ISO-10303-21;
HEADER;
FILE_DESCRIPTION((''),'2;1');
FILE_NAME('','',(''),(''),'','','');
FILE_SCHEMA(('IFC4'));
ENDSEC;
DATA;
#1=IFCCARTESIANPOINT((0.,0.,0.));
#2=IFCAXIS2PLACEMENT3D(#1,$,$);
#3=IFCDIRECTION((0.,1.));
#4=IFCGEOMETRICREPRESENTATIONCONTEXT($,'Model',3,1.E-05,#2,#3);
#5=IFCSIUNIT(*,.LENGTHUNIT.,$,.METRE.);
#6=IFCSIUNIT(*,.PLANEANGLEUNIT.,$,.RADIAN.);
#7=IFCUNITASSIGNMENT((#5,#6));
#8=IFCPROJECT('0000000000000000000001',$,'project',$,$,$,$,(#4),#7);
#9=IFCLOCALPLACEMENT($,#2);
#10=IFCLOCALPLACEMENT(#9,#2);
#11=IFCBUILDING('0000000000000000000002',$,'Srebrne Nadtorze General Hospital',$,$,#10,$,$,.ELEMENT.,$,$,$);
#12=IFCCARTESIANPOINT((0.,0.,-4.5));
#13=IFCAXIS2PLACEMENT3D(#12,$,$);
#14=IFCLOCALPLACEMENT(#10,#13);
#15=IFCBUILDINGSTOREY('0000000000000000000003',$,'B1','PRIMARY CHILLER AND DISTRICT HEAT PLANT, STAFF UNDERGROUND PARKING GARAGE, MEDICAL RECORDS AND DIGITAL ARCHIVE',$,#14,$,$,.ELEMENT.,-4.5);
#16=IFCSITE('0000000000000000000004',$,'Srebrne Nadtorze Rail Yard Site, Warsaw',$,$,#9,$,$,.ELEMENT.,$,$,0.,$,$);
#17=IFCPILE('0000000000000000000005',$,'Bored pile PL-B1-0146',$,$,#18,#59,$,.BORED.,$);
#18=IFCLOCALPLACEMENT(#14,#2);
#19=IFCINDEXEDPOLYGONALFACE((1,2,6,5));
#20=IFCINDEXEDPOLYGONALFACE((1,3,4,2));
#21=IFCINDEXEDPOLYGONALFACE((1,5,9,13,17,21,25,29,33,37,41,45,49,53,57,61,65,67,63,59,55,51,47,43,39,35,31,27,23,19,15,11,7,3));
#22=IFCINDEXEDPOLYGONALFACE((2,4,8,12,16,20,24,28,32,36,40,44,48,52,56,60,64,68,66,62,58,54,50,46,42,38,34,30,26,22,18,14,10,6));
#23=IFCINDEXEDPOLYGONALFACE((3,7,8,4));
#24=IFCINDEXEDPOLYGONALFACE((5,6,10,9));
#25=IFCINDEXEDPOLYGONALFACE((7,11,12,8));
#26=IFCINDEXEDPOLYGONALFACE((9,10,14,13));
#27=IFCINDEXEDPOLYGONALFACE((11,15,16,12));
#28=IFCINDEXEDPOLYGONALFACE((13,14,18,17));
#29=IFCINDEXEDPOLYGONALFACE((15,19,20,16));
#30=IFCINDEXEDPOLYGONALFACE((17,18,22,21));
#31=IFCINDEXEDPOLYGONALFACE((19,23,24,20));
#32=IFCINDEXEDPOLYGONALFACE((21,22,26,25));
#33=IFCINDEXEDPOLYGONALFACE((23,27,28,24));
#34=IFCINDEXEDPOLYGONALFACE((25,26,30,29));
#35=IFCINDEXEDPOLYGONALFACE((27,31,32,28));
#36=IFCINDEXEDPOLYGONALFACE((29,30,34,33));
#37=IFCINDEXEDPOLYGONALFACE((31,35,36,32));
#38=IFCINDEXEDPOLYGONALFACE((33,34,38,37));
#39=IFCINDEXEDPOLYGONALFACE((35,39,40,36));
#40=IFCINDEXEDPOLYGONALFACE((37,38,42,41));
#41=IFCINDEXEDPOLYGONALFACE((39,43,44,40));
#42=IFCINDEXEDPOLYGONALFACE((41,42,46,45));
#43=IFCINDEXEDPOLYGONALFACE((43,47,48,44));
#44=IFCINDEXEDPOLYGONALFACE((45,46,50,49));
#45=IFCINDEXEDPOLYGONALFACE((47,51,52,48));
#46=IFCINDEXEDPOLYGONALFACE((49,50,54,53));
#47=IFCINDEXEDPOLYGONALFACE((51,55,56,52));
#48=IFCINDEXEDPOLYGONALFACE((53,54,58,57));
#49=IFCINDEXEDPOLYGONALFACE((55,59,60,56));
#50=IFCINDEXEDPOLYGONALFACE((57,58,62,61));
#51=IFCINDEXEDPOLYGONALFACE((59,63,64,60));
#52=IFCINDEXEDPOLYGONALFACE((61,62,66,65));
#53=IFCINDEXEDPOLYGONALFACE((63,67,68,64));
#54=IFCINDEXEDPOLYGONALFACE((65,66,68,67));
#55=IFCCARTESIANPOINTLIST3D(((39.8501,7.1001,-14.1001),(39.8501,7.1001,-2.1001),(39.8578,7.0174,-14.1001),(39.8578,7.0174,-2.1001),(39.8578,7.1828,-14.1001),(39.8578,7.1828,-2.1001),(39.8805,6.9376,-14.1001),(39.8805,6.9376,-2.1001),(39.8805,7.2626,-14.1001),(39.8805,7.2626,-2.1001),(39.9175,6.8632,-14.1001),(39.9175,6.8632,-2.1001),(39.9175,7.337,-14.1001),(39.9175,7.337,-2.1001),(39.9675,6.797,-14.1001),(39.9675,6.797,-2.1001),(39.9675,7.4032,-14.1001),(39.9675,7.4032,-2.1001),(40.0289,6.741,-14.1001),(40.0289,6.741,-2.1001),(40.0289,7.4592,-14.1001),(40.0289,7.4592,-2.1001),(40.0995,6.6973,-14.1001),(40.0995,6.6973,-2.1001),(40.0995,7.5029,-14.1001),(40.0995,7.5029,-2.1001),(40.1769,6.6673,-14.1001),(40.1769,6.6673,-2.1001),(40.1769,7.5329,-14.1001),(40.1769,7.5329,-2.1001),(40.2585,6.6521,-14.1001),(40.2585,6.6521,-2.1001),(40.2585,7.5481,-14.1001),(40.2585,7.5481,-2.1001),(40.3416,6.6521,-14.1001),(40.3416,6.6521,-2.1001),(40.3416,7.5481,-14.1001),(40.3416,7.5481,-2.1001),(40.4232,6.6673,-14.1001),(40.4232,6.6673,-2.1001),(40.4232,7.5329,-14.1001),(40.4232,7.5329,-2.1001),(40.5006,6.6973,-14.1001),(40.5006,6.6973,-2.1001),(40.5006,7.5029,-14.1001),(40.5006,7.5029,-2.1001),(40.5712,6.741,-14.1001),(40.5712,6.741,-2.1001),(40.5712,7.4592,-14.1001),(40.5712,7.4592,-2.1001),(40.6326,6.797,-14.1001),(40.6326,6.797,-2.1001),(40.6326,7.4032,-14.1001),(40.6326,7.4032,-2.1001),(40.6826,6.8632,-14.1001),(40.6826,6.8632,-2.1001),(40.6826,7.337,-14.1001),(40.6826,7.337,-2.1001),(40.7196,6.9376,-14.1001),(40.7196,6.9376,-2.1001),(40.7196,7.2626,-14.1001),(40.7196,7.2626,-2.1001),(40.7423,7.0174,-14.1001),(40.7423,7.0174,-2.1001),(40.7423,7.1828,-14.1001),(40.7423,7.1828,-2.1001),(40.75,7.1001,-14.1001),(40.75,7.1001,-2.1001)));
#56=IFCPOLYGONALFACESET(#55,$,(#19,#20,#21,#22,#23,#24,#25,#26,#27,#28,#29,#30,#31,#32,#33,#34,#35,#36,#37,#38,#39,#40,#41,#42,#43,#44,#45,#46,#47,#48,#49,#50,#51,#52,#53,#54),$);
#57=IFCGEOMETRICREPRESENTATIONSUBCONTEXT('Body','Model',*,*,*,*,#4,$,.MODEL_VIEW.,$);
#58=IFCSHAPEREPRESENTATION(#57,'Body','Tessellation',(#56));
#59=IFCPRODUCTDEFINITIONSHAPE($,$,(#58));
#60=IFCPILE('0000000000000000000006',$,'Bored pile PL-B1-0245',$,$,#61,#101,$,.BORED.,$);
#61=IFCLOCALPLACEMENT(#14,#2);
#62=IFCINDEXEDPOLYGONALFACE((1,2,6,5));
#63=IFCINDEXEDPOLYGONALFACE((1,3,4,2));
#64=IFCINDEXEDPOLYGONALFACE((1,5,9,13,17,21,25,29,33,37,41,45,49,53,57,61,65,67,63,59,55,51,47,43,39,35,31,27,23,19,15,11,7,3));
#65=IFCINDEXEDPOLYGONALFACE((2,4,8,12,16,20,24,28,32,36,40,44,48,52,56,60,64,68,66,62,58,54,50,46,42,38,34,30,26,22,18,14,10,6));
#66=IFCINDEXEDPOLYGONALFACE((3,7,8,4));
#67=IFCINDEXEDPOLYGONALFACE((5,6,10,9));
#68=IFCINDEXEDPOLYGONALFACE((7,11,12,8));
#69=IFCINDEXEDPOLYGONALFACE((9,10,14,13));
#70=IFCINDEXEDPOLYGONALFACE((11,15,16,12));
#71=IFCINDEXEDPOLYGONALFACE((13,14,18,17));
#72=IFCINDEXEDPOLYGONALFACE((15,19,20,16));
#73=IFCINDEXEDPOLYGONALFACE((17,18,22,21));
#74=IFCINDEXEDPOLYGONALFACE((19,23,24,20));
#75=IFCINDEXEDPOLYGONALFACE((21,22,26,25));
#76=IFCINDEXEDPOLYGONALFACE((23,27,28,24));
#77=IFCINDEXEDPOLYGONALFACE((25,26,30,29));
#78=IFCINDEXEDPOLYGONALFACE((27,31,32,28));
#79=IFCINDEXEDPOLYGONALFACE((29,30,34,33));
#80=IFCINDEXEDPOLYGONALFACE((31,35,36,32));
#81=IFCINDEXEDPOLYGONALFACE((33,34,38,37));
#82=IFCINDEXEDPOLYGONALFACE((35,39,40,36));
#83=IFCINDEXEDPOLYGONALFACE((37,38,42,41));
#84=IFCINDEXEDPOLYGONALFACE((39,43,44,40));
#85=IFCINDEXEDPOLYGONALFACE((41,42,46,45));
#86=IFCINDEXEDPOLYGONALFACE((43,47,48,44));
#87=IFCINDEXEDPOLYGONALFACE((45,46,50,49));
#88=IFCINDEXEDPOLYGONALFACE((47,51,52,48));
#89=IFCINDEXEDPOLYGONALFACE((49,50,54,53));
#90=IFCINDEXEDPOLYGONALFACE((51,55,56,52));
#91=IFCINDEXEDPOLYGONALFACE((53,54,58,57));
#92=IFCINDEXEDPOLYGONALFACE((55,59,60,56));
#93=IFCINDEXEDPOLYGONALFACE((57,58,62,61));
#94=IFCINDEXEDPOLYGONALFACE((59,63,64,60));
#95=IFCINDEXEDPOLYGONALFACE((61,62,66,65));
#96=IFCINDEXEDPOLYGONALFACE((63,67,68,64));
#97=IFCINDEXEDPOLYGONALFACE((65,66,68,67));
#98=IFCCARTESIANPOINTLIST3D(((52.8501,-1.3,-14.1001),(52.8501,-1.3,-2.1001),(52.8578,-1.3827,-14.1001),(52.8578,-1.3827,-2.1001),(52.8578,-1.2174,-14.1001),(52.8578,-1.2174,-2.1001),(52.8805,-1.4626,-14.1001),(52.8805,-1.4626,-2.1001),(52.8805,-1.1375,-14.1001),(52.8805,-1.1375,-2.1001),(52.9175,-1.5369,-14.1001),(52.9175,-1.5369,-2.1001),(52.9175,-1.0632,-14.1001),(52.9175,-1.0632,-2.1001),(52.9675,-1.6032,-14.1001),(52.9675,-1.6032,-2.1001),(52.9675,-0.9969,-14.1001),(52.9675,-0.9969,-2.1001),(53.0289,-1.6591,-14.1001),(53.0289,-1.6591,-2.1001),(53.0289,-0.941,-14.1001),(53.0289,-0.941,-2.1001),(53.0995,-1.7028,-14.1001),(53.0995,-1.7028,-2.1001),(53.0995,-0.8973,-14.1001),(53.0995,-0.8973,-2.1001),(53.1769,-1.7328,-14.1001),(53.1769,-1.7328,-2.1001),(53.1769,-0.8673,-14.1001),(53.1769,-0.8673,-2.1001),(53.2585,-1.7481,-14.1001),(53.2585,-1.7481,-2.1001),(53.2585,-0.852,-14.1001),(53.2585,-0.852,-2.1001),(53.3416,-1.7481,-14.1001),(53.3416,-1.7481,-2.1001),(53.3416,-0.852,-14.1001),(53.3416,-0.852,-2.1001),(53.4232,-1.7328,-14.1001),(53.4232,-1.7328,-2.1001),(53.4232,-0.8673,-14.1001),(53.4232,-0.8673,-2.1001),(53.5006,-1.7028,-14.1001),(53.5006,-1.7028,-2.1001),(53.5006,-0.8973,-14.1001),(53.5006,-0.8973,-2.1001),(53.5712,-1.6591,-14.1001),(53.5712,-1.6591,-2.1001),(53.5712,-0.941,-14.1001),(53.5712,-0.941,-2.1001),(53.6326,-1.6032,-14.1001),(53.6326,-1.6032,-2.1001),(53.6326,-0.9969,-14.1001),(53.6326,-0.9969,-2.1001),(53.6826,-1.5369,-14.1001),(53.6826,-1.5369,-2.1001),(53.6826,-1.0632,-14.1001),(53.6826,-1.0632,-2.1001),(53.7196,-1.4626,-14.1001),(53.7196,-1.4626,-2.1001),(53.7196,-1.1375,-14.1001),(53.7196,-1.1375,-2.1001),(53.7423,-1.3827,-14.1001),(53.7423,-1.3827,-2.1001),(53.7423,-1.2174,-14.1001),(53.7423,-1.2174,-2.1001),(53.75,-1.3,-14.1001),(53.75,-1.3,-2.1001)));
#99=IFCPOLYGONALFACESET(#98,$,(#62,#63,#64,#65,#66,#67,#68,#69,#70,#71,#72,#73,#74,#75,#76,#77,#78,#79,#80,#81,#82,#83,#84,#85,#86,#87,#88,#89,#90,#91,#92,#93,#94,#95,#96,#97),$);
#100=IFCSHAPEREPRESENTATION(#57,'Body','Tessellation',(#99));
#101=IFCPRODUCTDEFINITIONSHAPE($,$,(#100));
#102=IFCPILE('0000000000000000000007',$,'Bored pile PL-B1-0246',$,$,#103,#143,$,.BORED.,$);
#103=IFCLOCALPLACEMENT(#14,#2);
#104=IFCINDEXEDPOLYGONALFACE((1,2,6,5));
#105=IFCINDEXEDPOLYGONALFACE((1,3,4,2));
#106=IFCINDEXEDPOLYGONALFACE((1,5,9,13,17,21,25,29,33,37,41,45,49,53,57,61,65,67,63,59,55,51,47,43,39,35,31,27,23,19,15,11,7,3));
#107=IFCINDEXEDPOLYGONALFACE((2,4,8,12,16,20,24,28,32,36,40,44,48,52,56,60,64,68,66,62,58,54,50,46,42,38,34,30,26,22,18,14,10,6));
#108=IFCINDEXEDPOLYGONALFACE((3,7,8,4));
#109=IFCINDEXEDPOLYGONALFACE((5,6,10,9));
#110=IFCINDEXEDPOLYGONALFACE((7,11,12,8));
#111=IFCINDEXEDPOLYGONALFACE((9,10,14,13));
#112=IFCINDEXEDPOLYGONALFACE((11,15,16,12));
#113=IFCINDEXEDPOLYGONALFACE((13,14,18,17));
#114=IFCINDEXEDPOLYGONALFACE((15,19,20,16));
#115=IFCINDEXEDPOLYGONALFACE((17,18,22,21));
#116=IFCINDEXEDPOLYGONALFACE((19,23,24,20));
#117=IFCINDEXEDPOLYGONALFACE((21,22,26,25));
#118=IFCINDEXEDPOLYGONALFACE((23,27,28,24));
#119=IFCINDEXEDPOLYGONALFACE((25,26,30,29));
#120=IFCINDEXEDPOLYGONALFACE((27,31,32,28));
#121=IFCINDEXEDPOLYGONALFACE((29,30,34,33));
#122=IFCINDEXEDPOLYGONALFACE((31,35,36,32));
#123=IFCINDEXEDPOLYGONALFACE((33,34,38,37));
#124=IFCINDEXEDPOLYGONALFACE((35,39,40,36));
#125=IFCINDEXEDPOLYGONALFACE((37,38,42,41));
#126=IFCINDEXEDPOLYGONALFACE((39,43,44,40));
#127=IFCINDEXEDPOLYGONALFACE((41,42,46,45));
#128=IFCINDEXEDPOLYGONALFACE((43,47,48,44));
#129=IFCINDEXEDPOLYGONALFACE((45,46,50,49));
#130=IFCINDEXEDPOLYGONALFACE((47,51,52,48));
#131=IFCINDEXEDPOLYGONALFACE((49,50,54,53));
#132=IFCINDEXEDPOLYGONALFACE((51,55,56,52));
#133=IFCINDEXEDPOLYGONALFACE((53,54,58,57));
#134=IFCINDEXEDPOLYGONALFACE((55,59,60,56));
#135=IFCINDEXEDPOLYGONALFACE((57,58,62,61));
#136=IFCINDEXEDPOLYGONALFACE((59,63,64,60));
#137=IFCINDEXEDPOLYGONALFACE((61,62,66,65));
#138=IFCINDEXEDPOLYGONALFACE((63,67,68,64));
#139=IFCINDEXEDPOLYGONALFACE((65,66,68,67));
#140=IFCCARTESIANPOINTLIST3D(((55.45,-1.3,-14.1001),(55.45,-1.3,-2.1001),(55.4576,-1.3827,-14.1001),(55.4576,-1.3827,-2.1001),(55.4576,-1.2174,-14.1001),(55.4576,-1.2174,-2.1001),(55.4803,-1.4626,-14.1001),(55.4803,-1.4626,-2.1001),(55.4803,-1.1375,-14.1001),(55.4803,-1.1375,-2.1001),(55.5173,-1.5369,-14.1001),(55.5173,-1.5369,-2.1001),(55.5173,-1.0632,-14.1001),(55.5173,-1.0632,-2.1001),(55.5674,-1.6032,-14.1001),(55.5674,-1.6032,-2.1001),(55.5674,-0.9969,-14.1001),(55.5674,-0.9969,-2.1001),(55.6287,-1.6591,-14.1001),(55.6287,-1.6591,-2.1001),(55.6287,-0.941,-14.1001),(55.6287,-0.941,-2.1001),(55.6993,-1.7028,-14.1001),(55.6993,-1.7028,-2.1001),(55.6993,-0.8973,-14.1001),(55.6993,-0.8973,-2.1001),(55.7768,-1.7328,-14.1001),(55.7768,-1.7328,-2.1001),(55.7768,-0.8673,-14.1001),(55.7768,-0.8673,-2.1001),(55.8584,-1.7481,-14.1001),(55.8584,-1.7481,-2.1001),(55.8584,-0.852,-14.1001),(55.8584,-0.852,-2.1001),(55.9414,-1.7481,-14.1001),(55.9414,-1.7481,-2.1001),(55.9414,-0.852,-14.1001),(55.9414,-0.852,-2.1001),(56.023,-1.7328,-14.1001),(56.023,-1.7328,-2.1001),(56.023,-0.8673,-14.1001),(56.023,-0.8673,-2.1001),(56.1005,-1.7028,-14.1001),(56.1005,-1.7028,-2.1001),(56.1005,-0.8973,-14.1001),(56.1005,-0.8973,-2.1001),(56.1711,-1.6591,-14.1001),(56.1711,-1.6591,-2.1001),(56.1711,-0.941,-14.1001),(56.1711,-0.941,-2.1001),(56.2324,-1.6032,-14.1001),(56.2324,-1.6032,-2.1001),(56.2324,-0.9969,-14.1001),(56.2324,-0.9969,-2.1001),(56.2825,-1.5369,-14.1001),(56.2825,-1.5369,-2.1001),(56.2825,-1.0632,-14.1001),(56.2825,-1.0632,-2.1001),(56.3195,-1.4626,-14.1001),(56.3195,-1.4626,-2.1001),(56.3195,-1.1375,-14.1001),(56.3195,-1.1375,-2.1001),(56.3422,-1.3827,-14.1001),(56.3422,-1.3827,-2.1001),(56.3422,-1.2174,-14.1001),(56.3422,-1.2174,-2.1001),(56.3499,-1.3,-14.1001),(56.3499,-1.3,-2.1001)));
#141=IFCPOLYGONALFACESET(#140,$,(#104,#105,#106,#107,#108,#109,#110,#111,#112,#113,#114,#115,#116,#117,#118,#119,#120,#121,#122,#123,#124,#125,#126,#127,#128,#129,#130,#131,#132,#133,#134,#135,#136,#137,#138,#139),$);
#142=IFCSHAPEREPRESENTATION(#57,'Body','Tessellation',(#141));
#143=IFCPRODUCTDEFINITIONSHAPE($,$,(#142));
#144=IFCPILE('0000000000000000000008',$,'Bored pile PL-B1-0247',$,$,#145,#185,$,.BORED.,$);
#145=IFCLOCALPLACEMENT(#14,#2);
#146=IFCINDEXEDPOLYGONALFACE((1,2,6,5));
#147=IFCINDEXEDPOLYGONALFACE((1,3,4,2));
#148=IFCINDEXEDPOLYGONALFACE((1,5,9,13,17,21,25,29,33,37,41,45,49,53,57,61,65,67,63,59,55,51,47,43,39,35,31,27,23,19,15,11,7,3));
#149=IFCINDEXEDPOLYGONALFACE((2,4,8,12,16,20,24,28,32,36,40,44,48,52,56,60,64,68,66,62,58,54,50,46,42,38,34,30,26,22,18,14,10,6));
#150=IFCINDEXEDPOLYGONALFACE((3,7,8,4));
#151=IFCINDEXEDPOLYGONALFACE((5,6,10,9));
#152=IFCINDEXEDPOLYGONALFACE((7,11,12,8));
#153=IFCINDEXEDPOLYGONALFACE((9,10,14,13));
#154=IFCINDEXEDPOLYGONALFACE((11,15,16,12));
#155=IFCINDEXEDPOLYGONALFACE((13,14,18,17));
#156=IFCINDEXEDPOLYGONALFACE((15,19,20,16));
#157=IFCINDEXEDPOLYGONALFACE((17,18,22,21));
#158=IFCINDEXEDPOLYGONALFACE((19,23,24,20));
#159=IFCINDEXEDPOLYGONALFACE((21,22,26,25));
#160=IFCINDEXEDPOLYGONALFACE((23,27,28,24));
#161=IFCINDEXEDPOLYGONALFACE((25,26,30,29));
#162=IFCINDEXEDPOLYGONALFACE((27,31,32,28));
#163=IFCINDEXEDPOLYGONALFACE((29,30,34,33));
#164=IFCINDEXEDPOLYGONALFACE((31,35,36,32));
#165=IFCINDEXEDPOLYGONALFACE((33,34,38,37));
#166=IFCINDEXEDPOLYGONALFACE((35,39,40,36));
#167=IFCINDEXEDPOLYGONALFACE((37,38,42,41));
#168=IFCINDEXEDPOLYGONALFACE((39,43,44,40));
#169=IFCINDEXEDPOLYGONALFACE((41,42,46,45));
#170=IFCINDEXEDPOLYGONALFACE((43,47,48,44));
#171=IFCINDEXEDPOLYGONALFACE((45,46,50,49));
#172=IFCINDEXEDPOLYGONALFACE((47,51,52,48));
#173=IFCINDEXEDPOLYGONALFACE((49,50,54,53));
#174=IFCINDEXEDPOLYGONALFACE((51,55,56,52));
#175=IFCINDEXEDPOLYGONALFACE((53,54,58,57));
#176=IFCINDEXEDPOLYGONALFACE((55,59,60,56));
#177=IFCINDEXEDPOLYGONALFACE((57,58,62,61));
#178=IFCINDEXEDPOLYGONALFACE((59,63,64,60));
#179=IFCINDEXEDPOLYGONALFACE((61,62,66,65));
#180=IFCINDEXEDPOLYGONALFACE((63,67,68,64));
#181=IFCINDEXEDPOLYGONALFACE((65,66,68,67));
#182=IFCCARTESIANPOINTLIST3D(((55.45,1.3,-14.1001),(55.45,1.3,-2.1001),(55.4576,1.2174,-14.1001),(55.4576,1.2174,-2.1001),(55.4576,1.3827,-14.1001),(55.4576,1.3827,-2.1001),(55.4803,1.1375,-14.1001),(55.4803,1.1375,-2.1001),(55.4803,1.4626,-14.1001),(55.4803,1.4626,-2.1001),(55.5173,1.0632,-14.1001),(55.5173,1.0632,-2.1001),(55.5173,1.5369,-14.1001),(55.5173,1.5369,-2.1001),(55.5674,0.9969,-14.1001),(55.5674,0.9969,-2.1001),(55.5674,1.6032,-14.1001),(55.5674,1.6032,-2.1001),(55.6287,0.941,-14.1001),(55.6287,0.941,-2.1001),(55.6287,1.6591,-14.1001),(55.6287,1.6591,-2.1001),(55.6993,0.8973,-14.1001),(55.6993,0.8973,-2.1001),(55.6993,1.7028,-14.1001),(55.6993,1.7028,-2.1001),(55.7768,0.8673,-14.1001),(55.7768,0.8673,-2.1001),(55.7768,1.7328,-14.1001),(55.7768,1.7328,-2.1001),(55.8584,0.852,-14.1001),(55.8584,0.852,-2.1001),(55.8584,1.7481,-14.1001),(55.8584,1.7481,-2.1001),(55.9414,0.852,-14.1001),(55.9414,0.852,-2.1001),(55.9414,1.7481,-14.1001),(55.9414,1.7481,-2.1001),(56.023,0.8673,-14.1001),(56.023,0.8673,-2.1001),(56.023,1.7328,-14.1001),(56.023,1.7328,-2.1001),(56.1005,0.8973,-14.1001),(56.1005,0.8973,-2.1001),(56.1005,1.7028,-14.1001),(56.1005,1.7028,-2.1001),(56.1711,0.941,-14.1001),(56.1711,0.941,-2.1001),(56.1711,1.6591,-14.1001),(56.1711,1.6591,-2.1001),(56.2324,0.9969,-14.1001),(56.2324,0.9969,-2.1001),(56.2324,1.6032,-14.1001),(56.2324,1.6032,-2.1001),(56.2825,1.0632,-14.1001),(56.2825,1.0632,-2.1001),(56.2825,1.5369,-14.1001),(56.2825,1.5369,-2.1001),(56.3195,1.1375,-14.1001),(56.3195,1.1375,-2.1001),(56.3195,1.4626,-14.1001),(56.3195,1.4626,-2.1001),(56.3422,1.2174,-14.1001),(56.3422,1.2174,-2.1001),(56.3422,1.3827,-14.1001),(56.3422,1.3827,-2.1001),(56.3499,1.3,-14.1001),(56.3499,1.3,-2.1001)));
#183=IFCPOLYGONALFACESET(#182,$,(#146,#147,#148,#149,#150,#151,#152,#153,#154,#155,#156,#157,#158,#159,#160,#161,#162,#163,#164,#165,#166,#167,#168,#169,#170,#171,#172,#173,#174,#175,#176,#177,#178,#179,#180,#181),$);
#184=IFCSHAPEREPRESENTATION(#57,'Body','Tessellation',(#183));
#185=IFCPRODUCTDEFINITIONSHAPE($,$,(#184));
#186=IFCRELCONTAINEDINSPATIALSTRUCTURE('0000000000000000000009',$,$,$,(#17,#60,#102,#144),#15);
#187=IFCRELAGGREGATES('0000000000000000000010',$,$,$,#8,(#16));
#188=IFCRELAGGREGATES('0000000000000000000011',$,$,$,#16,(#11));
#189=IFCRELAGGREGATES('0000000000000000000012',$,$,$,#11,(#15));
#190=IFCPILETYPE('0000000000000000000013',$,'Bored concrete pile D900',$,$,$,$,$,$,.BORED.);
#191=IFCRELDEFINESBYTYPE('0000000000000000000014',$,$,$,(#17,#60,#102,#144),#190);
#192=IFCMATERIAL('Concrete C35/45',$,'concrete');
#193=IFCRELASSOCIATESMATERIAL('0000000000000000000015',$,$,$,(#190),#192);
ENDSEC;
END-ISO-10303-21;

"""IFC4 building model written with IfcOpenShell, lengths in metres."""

from ifc_helpers import new_model, si_unit, direction, frame, origin, origin_2d, place, context, subcontext, project, spatial, circle, extrude, material, material_profile, profile_set, type_object, element, save


model = new_model("IFC4")

# Units and contexts
model_context = context("Model", 3, precision=1e-05, world=origin(), true_north=direction((0.0, 1.0)))
body_context = subcontext(model_context, "Body", "Model", "MODEL_VIEW")
ifc_project = project(units=[si_unit("LENGTHUNIT", "METRE"), si_unit("PLANEANGLEUNIT", "RADIAN")], contexts=[model_context])

# Site, building, storey
site_placement = place(None, origin())
site = spatial("IfcSite", under=ifc_project, at=site_placement, Name="Srebrne Nadtorze Rail Yard Site, Warsaw", CompositionType="ELEMENT", RefElevation=0.0)
building_placement = place(site_placement, origin())
building = spatial("IfcBuilding", under=site, at=building_placement, Name="Srebrne Nadtorze General Hospital", CompositionType="ELEMENT")
storey_placement = place(building_placement, frame((0.0, 0.0, -4.5)))
storey = spatial("IfcBuildingStorey", under=building, at=storey_placement, Name="B1", Description="PRIMARY CHILLER AND DISTRICT HEAT PLANT, STAFF UNDERGROUND PARKING GARAGE, MEDICAL RECORDS AND DIGITAL ARCHIVE", CompositionType="ELEMENT", Elevation=-4.5)

# Piles
ifc_material_1 = material(Name="Concrete C35/45", Category="concrete")
ifc_material_profile_1 = material_profile(ifc_material_1, circle(Radius=0.45, at=origin_2d()), Name="PILE-D900")
ifc_profile_set_1 = profile_set([ifc_material_profile_1], Name="Concrete C35/45")
pile_type_1 = type_object("IfcPileType", Name="Bored concrete pile D900", PredefinedType="BORED", material=ifc_profile_set_1)
for number, where, z_axis, x_axis, name in (
    (1, (40.3, 7.1001, -2.1001), (0.0, 0.0, -1.0), (1.0, 0.0, 0.0), "Bored pile PL-B1-0146"),
    (2, (53.3, -1.3, -2.1001), (0.0, 0.0, -1.0), (1.0, 0.0, 0.0), "Bored pile PL-B1-0245"),
    (3, (55.8999, -1.3, -2.1001), (0.0, 0.0, -1.0), (1.0, 0.0, 0.0), "Bored pile PL-B1-0246"),
    (4, (55.8999, 1.3, -2.1001), (0.0, 0.0, -1.0), (1.0, 0.0, 0.0), "Bored pile PL-B1-0247"),
):
    element("IfcPile", number, at=place(storey_placement, frame(where, z_axis=z_axis, x_axis=x_axis)), inside=storey, type_object=pile_type_1, Name=name, PredefinedType="BORED", context=body_context, shape_type="SweptSolid", body=[
        extrude(circle(Radius=0.45, at=origin_2d()), origin(), (0.0, 0.0, 1.0), 12.0),
    ])

save(model, "model.ifc")
